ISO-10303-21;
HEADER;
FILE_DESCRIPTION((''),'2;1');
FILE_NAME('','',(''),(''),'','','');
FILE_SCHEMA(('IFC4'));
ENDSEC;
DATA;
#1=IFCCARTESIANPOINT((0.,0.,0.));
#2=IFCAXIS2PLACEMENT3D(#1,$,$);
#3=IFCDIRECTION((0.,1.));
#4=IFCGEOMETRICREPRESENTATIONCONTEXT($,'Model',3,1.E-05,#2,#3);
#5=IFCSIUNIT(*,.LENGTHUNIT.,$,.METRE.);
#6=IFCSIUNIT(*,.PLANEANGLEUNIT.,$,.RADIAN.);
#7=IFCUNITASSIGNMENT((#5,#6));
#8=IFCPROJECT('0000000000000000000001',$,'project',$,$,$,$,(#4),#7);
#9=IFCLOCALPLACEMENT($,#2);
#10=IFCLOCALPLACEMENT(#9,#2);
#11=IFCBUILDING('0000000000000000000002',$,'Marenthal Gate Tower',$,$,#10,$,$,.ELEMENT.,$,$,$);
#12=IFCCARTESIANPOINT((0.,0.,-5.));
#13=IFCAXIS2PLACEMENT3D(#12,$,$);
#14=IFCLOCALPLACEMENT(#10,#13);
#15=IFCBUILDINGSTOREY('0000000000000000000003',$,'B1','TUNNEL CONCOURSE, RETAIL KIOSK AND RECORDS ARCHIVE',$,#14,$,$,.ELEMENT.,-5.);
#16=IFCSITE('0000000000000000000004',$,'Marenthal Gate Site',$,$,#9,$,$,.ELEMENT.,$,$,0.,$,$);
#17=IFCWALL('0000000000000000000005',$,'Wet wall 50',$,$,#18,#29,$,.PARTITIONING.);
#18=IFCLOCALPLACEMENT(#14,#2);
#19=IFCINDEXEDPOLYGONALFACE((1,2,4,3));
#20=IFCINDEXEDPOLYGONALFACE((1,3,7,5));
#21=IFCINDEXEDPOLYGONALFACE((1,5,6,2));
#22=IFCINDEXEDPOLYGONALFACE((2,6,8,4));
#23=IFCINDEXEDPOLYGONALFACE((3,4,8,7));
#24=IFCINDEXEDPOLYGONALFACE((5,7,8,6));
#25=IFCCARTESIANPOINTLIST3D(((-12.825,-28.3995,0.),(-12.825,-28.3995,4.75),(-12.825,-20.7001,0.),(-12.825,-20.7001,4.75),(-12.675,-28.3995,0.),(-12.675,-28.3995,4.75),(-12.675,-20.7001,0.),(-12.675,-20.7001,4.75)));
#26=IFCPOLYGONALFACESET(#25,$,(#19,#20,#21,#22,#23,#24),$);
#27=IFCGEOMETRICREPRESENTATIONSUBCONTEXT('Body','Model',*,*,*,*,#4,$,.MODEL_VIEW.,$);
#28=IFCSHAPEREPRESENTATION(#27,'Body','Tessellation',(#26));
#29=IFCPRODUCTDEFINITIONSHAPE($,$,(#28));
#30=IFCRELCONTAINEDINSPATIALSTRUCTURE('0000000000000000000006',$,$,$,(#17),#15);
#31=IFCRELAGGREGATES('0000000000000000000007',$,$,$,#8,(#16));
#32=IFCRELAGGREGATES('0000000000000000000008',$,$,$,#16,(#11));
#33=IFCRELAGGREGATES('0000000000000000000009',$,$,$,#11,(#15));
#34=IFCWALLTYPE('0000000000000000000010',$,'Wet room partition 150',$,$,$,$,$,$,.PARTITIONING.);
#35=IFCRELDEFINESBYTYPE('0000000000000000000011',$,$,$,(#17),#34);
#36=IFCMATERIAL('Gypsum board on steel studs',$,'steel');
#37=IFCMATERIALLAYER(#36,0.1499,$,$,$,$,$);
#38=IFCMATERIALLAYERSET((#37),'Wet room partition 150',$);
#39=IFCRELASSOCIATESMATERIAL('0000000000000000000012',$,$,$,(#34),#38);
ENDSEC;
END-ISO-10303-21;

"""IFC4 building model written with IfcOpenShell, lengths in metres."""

from ifc_helpers import new_model, si_unit, direction, frame, frame_2d, origin, place, context, subcontext, project, spatial, rectangle, extrude, material, layer, layer_set, type_object, element, save


model = new_model("IFC4")

# Units and contexts
model_context = context("Model", 3, precision=1e-05, world=origin(), true_north=direction((0.0, 1.0)))
body_context = subcontext(model_context, "Body", "Model", "MODEL_VIEW")
ifc_project = project(units=[si_unit("LENGTHUNIT", "METRE"), si_unit("PLANEANGLEUNIT", "RADIAN")], contexts=[model_context])

# Site, building, storey
site_placement = place(None, origin())
site = spatial("IfcSite", under=ifc_project, at=site_placement, Name="Marenthal Gate Site", CompositionType="ELEMENT", RefElevation=0.0)
building_placement = place(site_placement, origin())
building = spatial("IfcBuilding", under=site, at=building_placement, Name="Marenthal Gate Tower", CompositionType="ELEMENT")
storey_placement = place(building_placement, frame((0.0, 0.0, -5.0)))
storey = spatial("IfcBuildingStorey", under=building, at=storey_placement, Name="B1", Description="TUNNEL CONCOURSE, RETAIL KIOSK AND RECORDS ARCHIVE", CompositionType="ELEMENT", Elevation=-5.0)

# Wall
ifc_material_1 = material(Name="Gypsum board on steel studs", Category="steel")
ifc_layer_1 = layer(ifc_material_1, 0.1499)
ifc_layer_set_1 = layer_set([ifc_layer_1], Name="Wet room partition 150")
wall_type_1 = type_object("IfcWallType", Name="Wet room partition 150", PredefinedType="PARTITIONING", material=ifc_layer_set_1)
wall_1_placement = place(storey_placement, frame((-12.75, -28.3994, 0.0), z_axis=(0.0, 0.0, 1.0), x_axis=(0.0, 1.0, 0.0)))
element("IfcWall", 1, at=wall_1_placement, inside=storey, type_object=wall_type_1, Name="Wet wall 50", PredefinedType="PARTITIONING", context=body_context, shape_type="SweptSolid", body=[
    extrude(rectangle(XDim=7.6995, YDim=0.1499, at=frame_2d((3.8496, 0.0))), origin(), (0.0, 0.0, 1.0), 4.75),
])

save(model, "model.ifc")
